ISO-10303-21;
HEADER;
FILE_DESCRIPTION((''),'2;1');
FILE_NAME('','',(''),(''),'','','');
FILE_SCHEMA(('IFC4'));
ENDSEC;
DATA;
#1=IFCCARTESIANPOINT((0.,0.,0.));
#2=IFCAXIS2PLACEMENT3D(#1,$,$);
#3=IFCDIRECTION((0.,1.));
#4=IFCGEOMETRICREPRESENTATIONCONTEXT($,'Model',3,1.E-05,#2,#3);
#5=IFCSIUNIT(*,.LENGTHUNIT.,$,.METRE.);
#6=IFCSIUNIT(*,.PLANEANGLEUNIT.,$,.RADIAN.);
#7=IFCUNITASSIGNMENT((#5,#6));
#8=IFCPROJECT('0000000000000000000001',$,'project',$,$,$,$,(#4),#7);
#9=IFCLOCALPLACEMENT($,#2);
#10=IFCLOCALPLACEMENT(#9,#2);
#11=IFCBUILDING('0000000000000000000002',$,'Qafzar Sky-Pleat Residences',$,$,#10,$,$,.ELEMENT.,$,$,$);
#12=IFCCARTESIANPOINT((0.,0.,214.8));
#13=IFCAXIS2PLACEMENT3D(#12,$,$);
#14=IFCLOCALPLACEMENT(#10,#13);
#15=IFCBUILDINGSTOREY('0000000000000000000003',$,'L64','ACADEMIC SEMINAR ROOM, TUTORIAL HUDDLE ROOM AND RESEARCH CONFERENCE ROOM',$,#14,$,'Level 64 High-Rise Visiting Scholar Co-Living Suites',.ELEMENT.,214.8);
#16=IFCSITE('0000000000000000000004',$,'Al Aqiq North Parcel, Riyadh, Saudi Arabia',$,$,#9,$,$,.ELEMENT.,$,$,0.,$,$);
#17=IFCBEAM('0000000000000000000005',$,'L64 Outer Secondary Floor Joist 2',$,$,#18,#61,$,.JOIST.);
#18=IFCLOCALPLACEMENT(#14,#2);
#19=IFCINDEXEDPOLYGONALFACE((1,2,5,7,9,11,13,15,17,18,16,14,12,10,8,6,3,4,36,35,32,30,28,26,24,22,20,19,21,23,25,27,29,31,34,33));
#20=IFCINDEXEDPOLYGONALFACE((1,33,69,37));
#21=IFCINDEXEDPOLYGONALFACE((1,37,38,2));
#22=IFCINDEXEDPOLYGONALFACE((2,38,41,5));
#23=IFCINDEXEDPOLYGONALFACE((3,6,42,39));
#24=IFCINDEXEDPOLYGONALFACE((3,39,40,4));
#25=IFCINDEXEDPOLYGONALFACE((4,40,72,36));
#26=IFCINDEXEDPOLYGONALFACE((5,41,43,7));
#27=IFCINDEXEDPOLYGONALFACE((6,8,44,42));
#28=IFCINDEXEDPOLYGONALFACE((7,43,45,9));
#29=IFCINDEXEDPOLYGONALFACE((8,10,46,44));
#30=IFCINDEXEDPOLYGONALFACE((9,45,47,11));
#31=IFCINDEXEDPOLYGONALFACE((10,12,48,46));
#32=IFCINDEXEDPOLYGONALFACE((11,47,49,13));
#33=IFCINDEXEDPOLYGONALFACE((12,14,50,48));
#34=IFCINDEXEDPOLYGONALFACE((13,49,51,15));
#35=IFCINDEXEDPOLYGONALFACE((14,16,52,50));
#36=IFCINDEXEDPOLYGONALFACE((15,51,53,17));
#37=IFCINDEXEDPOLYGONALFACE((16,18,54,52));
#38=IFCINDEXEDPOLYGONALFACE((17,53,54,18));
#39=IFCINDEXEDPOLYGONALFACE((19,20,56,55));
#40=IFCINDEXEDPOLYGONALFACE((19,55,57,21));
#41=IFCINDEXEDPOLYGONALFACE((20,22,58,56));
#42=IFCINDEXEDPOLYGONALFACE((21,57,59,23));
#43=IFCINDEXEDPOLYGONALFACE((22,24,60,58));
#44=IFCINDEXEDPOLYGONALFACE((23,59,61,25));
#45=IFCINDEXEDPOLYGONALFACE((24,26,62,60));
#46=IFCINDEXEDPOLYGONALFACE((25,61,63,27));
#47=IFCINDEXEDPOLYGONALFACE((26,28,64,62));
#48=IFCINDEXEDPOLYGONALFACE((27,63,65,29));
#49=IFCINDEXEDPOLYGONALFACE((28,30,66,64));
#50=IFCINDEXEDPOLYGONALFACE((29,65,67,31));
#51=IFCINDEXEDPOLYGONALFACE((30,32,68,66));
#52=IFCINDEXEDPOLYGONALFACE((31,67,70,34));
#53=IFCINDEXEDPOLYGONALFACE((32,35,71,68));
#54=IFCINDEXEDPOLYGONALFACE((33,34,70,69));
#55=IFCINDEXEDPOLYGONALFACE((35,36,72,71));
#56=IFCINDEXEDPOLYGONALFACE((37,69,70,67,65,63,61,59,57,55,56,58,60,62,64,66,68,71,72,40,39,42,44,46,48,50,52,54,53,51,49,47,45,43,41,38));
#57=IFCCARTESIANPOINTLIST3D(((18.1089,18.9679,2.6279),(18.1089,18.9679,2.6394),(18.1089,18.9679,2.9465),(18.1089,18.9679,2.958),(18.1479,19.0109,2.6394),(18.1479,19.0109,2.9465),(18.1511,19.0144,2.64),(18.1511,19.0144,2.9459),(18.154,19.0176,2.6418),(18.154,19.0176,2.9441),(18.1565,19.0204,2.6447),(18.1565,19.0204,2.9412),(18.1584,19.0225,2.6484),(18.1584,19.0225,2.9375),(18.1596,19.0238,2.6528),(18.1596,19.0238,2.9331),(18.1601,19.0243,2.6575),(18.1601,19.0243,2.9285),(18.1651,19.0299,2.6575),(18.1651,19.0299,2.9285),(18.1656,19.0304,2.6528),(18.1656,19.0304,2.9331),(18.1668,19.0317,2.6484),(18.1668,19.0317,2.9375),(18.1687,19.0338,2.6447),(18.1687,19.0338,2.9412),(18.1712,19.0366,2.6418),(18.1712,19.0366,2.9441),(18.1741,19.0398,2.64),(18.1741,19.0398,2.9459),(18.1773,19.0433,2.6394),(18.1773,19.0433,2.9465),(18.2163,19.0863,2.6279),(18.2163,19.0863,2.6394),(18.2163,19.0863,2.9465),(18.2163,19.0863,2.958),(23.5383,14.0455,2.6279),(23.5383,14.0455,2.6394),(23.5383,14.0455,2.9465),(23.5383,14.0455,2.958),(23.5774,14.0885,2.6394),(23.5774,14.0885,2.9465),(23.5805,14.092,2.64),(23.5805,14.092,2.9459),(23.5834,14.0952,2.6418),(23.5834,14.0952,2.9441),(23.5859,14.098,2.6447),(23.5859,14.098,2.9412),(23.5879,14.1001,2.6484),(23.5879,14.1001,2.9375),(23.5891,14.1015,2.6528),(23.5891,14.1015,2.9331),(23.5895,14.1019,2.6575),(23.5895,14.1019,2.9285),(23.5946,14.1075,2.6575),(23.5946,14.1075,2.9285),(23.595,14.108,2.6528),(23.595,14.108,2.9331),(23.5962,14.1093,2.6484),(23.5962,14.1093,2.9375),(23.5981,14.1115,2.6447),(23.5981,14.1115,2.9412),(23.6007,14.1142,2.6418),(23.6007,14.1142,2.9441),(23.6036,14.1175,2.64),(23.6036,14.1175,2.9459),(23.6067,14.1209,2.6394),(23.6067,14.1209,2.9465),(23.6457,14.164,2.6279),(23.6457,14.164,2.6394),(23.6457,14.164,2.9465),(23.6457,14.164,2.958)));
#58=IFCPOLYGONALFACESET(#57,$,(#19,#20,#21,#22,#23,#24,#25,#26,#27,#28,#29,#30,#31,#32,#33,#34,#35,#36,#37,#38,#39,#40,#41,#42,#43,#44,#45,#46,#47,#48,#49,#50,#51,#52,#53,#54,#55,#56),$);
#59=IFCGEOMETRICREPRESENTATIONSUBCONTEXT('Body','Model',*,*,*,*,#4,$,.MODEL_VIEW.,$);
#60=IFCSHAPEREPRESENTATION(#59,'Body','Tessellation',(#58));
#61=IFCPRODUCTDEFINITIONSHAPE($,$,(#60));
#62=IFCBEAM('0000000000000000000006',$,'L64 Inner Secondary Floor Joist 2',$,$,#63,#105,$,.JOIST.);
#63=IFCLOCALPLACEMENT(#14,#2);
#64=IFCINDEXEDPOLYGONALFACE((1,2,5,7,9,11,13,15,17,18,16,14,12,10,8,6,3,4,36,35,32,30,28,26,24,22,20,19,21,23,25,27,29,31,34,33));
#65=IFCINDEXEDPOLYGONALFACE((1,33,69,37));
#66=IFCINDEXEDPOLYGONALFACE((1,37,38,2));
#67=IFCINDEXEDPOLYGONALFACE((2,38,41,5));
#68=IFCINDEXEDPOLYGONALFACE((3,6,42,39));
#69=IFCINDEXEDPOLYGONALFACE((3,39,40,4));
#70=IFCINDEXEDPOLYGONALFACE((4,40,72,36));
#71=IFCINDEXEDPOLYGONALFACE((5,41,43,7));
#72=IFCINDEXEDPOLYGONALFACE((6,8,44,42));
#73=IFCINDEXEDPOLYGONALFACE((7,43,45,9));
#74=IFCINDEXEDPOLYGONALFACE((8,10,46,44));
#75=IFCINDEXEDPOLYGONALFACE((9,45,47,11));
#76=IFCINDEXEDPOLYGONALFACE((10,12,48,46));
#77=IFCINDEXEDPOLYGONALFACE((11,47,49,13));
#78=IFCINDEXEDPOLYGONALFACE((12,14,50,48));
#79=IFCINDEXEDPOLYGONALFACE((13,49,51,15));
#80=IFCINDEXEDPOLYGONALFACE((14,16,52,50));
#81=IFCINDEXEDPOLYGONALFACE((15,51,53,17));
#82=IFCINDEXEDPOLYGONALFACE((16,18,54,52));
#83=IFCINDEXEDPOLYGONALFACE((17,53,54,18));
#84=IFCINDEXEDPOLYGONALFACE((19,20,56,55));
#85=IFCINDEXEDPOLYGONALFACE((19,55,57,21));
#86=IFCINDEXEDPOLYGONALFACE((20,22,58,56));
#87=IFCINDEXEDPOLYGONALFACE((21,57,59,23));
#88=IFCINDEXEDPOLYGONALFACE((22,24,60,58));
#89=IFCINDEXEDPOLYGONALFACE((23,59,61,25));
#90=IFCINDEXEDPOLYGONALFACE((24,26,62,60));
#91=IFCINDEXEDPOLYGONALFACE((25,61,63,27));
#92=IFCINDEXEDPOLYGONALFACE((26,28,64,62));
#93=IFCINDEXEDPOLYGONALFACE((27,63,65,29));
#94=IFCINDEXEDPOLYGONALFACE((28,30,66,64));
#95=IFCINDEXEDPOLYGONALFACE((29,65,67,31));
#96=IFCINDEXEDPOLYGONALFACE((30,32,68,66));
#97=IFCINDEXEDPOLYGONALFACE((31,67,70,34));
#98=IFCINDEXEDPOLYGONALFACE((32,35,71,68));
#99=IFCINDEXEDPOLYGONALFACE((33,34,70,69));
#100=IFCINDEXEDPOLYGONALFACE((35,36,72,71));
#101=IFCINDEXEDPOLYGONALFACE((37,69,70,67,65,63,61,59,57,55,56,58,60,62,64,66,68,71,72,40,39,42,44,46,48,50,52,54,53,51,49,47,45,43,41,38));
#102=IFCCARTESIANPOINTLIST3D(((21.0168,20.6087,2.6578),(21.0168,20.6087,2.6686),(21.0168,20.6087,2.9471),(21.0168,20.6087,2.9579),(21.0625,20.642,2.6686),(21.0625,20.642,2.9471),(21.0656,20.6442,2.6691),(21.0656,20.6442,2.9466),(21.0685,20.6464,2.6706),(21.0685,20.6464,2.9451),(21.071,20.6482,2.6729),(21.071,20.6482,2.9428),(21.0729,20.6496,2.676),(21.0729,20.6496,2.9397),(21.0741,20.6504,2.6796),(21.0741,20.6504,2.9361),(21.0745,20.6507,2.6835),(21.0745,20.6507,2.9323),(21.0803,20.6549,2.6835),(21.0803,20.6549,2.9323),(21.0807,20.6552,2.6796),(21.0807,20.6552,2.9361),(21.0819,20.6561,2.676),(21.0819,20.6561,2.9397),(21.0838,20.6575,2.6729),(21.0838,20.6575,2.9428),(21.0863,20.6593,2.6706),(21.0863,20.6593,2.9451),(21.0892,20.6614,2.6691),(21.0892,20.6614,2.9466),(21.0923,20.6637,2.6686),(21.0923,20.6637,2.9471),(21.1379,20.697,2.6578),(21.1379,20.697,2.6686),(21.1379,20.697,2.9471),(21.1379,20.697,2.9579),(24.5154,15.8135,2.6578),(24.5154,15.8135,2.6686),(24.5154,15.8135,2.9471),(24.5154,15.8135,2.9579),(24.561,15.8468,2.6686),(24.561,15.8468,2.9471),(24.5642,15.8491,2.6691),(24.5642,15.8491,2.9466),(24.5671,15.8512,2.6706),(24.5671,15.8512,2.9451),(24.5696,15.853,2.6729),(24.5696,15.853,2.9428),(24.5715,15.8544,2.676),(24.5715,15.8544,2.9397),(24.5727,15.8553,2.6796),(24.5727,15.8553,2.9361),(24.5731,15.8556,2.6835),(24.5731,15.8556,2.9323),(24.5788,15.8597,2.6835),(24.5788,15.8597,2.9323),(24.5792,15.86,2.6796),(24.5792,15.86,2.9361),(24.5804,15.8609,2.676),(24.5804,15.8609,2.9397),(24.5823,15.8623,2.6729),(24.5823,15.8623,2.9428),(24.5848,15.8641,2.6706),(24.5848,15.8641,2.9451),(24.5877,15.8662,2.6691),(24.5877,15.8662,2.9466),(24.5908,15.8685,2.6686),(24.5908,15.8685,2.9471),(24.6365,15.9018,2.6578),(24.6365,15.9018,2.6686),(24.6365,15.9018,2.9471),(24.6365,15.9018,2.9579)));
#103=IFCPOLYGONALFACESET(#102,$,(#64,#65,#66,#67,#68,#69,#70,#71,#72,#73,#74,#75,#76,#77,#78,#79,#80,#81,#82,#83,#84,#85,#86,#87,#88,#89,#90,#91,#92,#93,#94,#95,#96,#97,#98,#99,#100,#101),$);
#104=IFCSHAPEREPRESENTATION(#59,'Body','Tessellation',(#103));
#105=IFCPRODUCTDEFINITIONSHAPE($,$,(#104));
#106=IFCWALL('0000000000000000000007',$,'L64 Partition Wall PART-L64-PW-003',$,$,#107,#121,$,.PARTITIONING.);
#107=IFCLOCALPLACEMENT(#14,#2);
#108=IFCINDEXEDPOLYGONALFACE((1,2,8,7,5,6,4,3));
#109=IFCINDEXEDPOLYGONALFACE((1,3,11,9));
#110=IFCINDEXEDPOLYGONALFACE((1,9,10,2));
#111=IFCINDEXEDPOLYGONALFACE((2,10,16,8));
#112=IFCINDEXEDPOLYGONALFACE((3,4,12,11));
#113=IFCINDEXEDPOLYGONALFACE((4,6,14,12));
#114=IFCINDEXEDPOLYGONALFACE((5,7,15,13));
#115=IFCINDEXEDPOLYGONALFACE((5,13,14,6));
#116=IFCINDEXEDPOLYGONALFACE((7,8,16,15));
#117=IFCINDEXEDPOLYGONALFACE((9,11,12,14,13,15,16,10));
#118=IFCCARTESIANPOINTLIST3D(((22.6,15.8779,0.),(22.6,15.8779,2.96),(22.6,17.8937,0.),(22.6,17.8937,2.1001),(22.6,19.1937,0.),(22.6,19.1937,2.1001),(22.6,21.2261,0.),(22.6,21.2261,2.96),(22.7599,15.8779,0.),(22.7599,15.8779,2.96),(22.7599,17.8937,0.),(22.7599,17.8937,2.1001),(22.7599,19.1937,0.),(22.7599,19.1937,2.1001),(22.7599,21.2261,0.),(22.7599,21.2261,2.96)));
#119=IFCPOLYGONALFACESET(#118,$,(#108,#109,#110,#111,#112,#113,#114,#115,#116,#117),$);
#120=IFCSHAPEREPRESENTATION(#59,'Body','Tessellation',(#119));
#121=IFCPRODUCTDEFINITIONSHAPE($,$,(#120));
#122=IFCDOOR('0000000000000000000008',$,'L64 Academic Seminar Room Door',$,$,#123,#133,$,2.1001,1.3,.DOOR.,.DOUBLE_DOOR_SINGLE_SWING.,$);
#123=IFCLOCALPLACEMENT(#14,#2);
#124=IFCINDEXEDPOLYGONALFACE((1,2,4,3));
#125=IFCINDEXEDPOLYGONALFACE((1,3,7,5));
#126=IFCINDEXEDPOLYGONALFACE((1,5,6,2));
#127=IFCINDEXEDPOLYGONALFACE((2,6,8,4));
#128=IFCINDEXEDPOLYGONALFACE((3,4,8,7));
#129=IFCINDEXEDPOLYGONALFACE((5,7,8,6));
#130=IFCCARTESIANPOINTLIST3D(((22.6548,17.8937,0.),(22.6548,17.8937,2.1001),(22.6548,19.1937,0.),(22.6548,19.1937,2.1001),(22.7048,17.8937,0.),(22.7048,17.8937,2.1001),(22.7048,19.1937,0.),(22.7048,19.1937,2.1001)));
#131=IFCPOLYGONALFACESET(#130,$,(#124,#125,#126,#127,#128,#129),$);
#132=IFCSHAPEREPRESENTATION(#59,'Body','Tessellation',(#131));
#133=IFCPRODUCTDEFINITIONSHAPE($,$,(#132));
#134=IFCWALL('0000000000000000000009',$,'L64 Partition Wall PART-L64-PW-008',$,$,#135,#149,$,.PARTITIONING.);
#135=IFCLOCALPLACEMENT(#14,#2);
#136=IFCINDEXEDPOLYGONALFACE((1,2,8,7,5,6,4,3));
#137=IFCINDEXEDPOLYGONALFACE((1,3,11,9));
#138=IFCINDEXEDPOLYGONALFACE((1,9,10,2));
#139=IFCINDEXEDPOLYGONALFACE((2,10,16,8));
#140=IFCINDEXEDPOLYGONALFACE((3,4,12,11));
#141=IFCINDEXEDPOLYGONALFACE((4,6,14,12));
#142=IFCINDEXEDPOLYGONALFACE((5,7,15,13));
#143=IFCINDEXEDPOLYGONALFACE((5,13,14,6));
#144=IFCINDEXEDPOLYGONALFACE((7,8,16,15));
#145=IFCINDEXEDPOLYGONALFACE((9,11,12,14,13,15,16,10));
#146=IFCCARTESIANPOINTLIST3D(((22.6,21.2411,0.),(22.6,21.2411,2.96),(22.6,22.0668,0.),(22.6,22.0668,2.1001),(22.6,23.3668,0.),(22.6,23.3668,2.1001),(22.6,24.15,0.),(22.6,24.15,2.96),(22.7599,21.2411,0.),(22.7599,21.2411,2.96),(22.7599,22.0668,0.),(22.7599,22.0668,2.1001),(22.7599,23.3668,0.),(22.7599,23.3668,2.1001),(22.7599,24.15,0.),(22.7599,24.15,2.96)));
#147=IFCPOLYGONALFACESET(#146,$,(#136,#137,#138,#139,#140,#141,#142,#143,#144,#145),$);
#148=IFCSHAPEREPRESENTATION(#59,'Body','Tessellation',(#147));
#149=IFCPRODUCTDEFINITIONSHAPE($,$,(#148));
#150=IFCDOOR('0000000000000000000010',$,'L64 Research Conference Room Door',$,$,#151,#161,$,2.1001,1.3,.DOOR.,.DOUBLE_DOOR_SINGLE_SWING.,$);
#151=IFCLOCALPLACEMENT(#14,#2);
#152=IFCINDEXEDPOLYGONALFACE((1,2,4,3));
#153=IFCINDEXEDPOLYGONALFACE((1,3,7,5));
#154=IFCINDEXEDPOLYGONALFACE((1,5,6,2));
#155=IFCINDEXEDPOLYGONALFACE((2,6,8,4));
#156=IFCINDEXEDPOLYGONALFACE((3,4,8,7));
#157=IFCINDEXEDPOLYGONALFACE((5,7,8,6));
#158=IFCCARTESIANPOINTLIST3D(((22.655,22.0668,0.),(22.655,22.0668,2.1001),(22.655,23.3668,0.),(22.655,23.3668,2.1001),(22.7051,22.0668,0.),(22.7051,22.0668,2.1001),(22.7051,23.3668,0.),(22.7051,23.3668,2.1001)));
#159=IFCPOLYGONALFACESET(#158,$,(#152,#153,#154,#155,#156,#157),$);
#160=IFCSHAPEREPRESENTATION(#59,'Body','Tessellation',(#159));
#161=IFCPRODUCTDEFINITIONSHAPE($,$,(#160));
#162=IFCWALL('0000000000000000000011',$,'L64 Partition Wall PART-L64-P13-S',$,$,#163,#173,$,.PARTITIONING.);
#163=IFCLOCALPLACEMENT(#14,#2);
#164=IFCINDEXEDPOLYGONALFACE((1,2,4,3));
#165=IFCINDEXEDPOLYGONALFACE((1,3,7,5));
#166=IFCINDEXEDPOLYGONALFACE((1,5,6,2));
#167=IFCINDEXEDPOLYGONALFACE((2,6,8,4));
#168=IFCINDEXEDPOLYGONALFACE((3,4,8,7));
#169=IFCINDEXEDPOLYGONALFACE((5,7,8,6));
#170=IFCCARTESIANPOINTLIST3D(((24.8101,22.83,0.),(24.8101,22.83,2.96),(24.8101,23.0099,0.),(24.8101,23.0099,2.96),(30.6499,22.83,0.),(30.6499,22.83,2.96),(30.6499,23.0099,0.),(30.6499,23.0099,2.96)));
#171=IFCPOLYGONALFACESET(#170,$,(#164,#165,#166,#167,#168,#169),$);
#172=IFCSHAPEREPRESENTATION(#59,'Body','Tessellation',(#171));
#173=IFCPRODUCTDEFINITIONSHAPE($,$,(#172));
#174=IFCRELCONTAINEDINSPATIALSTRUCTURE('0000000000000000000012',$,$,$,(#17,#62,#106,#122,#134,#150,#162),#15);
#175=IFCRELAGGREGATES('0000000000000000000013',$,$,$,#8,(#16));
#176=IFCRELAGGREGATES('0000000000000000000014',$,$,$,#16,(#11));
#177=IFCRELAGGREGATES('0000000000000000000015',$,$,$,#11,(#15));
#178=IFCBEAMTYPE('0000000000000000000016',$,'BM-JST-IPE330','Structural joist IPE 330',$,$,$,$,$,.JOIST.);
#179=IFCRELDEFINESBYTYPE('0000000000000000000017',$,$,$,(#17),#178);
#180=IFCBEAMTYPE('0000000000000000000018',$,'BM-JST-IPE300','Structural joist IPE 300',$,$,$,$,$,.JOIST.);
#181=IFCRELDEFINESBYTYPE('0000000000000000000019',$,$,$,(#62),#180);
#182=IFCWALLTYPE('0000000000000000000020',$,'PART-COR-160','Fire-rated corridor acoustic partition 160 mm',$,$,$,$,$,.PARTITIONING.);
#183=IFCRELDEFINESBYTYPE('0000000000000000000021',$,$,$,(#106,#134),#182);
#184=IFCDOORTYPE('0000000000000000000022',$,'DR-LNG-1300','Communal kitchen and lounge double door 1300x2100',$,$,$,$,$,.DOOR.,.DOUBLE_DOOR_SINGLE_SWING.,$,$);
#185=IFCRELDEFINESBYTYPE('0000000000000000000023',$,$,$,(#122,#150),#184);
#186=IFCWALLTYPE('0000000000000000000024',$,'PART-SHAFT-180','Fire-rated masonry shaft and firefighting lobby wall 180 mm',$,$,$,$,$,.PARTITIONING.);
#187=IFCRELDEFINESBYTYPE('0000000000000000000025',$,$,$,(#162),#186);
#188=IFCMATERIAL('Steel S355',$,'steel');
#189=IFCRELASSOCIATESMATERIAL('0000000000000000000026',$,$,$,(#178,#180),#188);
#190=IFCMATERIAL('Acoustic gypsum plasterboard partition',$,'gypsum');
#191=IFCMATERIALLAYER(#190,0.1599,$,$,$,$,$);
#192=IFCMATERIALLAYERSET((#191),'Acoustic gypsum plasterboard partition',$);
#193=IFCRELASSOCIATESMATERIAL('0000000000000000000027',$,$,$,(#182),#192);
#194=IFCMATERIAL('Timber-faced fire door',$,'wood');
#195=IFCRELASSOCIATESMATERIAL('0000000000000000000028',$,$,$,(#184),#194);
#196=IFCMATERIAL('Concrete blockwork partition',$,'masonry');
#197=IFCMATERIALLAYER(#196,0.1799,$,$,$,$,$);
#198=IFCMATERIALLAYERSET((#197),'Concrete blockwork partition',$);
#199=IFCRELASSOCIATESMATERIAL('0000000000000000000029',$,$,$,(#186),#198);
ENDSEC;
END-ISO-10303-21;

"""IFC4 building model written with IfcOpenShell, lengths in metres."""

from ifc_helpers import new_model, si_unit, direction, frame, frame_2d, origin, origin_2d, place, context, subcontext, project, spatial, rectangle, i_section, extrude, source, transform, mapped, material, layer, layer_set, material_profile, profile_set, type_object, element, fill, save


model = new_model("IFC4")

# Units and contexts
model_context = context("Model", 3, precision=1e-05, world=origin(), true_north=direction((0.0, 1.0)))
body_context = subcontext(model_context, "Body", "Model", "MODEL_VIEW")
ifc_project = project(units=[si_unit("LENGTHUNIT", "METRE"), si_unit("PLANEANGLEUNIT", "RADIAN")], contexts=[model_context])

# Site, building, storey
site_placement = place(None, origin())
site = spatial("IfcSite", under=ifc_project, at=site_placement, Name="Al Aqiq North Parcel, Riyadh, Saudi Arabia", CompositionType="ELEMENT", RefElevation=0.0)
building_placement = place(site_placement, origin())
building = spatial("IfcBuilding", under=site, at=building_placement, Name="Qafzar Sky-Pleat Residences", CompositionType="ELEMENT")
storey_placement = place(building_placement, frame((0.0, 0.0, 214.8)))
storey = spatial("IfcBuildingStorey", under=building, at=storey_placement, Name="L64", Description="ACADEMIC SEMINAR ROOM, TUTORIAL HUDDLE ROOM AND RESEARCH CONFERENCE ROOM", LongName="Level 64 High-Rise Visiting Scholar Co-Living Suites", CompositionType="ELEMENT", Elevation=214.8)

# Beams
ifc_material_1 = material(Name="Steel S355", Category="steel")
ifc_material_profile_1 = material_profile(ifc_material_1, i_section(OverallWidth=0.1599, OverallDepth=0.3301, WebThickness=0.0076, FlangeThickness=0.0115, FilletRadius=0.0181, at=origin_2d()), Name="IPE 330")
ifc_profile_set_1 = profile_set([ifc_material_profile_1], Name="Steel S355")
beam_type_1 = type_object("IfcBeamType", Name="BM-JST-IPE330", Description="Structural joist IPE 330", PredefinedType="JOIST", material=ifc_profile_set_1)
shared_shape_1 = source(origin(), body_context, "Body", "SweptSolid", [
    extrude(i_section(OverallWidth=0.1599, OverallDepth=0.3301, WebThickness=0.0076, FlangeThickness=0.0115, FilletRadius=0.0181, at=origin_2d()), origin(), (0.0, 0.0, 1.0), 7.3286),
])
beam_1_placement = place(storey_placement, frame((18.1626, 19.0271, 2.793), z_axis=(0.740856, -0.671664, 0.0), x_axis=(0.671664, 0.740856, 0.0)))
element("IfcBeam", 1, at=beam_1_placement, inside=storey, type_object=beam_type_1, Name="L64 Outer Secondary Floor Joist 2", PredefinedType="JOIST", context=body_context, shape_type="MappedRepresentation", body=[
    mapped(shared_shape_1, transform((0.0, 0.0, 0.0), x_axis=(1.0, 0.0, 0.0), y_axis=(0.0, 1.0, 0.0), z_axis=(0.0, 0.0, 1.0), scale=1.0)),
])
ifc_material_profile_2 = material_profile(ifc_material_1, i_section(OverallWidth=0.1499, OverallDepth=0.3, WebThickness=0.0071, FlangeThickness=0.0107, FilletRadius=0.0149, at=origin_2d()), Name="IPE 300")
ifc_profile_set_2 = profile_set([ifc_material_profile_2], Name="Steel S355")
beam_type_2 = type_object("IfcBeamType", Name="BM-JST-IPE300", Description="Structural joist IPE 300", PredefinedType="JOIST", material=ifc_profile_set_2)
shared_shape_2 = source(origin(), body_context, "Body", "SweptSolid", [
    extrude(i_section(OverallWidth=0.1499, OverallDepth=0.3, WebThickness=0.0071, FlangeThickness=0.0107, FilletRadius=0.0149, at=origin_2d()), origin(), (0.0, 0.0, 1.0), 5.9358),
])
beam_2_placement = place(storey_placement, frame((21.0774, 20.6528, 2.8079), z_axis=(0.589399, -0.807842, 0.0), x_axis=(0.807842, 0.589399, 0.0)))
element("IfcBeam", 2, at=beam_2_placement, inside=storey, type_object=beam_type_2, Name="L64 Inner Secondary Floor Joist 2", PredefinedType="JOIST", context=body_context, shape_type="MappedRepresentation", body=[
    mapped(shared_shape_2, transform((0.0, 0.0, 0.0), x_axis=(1.0, 0.0, 0.0), y_axis=(0.0, 1.0, 0.0), z_axis=(0.0, 0.0, 1.0), scale=1.0)),
])

# Walls, openings, doors
ifc_material_2 = material(Name="Acoustic gypsum plasterboard partition", Category="gypsum")
ifc_layer_1 = layer(ifc_material_2, 0.1599)
ifc_layer_set_1 = layer_set([ifc_layer_1], Name="Acoustic gypsum plasterboard partition")
wall_type_1 = type_object("IfcWallType", Name="PART-COR-160", Description="Fire-rated corridor acoustic partition 160 mm", PredefinedType="PARTITIONING", material=ifc_layer_set_1)
wall_1_placement = place(storey_placement, frame((22.6799, 21.2261, 0.0), z_axis=(0.0, 0.0, 1.0), x_axis=(0.0, -1.0, 0.0)))
wall_1 = element("IfcWall", 3, at=wall_1_placement, inside=storey, type_object=wall_type_1, Name="L64 Partition Wall PART-L64-PW-003", PredefinedType="PARTITIONING", context=body_context, shape_type="SweptSolid", body=[
    extrude(rectangle(XDim=5.3481, YDim=0.1599, at=frame_2d((2.6741, 0.0))), origin(), (0.0, 0.0, 1.0), 2.96),
])
opening_1_placement = place(wall_1_placement, frame((2.0325, 0.0, 0.0)))
opening_1 = element("IfcOpeningElement", 4, at=opening_1_placement, cuts=wall_1, PredefinedType="OPENING", context=body_context, shape_type="SweptSolid", body=[
    extrude(rectangle(XDim=1.3, YDim=2.1001, at=frame_2d((0.6499, 1.05))), frame((0.0, 0.0898, 0.0), z_axis=(0.0, -1.0, 0.0), x_axis=(1.0, 0.0, 0.0)), (0.0, 0.0, 1.0), 0.1799),
])
ifc_material_3 = material(Name="Timber-faced fire door", Category="wood")
door_type_1 = type_object("IfcDoorType", Name="DR-LNG-1300", Description="Communal kitchen and lounge double door 1300x2100", OperationType="DOUBLE_DOOR_SINGLE_SWING", PredefinedType="DOOR", material=ifc_material_3)
shared_shape_3 = source(origin(), body_context, "Body", "SweptSolid", [
    extrude(rectangle(XDim=1.3, YDim=2.1001, at=frame_2d((0.6499, 1.05))), frame((0.0, 0.0249, 0.0), z_axis=(0.0, -1.0, 0.0), x_axis=(1.0, 0.0, 0.0)), (0.0, 0.0, 1.0), 0.05),
])
door_1_placement = place(opening_1_placement, origin())
door_1 = element("IfcDoor", 5, at=door_1_placement, inside=storey, type_object=door_type_1, Name="L64 Academic Seminar Room Door", OperationType="DOUBLE_DOOR_SINGLE_SWING", OverallHeight=2.1001, OverallWidth=1.3, PredefinedType="DOOR", context=body_context, shape_type="MappedRepresentation", body=[
    mapped(shared_shape_3, transform((0.0, 0.0, 0.0), x_axis=(1.0, 0.0, 0.0), y_axis=(0.0, 1.0, 0.0), z_axis=(0.0, 0.0, 1.0), scale=1.0)),
])
fill(opening_1, door_1)
wall_2_placement = place(storey_placement, frame((22.6799, 21.241, 0.0), z_axis=(0.0, 0.0, 1.0), x_axis=(0.0, 1.0, 0.0)))
wall_2 = element("IfcWall", 6, at=wall_2_placement, inside=storey, type_object=wall_type_1, Name="L64 Partition Wall PART-L64-PW-008", PredefinedType="PARTITIONING", context=body_context, shape_type="SweptSolid", body=[
    extrude(rectangle(XDim=2.9089, YDim=0.1599, at=frame_2d((1.4546, 0.0))), origin(), (0.0, 0.0, 1.0), 2.96),
])
opening_2_placement = place(wall_2_placement, frame((0.8259, 0.0, 0.0)))
opening_2 = element("IfcOpeningElement", 7, at=opening_2_placement, cuts=wall_2, PredefinedType="OPENING", context=body_context, shape_type="SweptSolid", body=[
    extrude(rectangle(XDim=1.3, YDim=2.1001, at=frame_2d((0.6499, 1.05))), frame((0.0, 0.0898, 0.0), z_axis=(0.0, -1.0, 0.0), x_axis=(1.0, 0.0, 0.0)), (0.0, 0.0, 1.0), 0.1799),
])
door_2_placement = place(opening_2_placement, origin())
door_2 = element("IfcDoor", 8, at=door_2_placement, inside=storey, type_object=door_type_1, Name="L64 Research Conference Room Door", OperationType="DOUBLE_DOOR_SINGLE_SWING", OverallHeight=2.1001, OverallWidth=1.3, PredefinedType="DOOR", context=body_context, shape_type="MappedRepresentation", body=[
    mapped(shared_shape_3, transform((0.0, 0.0, 0.0), x_axis=(1.0, 0.0, 0.0), y_axis=(0.0, 1.0, 0.0), z_axis=(0.0, 0.0, 1.0), scale=1.0)),
])
fill(opening_2, door_2)

# Wall
ifc_material_4 = material(Name="Concrete blockwork partition", Category="masonry")
ifc_layer_2 = layer(ifc_material_4, 0.1799)
ifc_layer_set_2 = layer_set([ifc_layer_2], Name="Concrete blockwork partition")
wall_type_2 = type_object("IfcWallType", Name="PART-SHAFT-180", Description="Fire-rated masonry shaft and firefighting lobby wall 180 mm", PredefinedType="PARTITIONING", material=ifc_layer_set_2)
wall_3_placement = place(storey_placement, frame((24.8101, 22.9199, 0.0), z_axis=(0.0, 0.0, 1.0), x_axis=(1.0, 0.0, 0.0)))
element("IfcWall", 9, at=wall_3_placement, inside=storey, type_object=wall_type_2, Name="L64 Partition Wall PART-L64-P13-S", PredefinedType="PARTITIONING", context=body_context, shape_type="SweptSolid", body=[
    extrude(rectangle(XDim=5.8398, YDim=0.1799, at=frame_2d((2.9199, 0.0))), origin(), (0.0, 0.0, 1.0), 2.96),
])

save(model, "model.ifc")
